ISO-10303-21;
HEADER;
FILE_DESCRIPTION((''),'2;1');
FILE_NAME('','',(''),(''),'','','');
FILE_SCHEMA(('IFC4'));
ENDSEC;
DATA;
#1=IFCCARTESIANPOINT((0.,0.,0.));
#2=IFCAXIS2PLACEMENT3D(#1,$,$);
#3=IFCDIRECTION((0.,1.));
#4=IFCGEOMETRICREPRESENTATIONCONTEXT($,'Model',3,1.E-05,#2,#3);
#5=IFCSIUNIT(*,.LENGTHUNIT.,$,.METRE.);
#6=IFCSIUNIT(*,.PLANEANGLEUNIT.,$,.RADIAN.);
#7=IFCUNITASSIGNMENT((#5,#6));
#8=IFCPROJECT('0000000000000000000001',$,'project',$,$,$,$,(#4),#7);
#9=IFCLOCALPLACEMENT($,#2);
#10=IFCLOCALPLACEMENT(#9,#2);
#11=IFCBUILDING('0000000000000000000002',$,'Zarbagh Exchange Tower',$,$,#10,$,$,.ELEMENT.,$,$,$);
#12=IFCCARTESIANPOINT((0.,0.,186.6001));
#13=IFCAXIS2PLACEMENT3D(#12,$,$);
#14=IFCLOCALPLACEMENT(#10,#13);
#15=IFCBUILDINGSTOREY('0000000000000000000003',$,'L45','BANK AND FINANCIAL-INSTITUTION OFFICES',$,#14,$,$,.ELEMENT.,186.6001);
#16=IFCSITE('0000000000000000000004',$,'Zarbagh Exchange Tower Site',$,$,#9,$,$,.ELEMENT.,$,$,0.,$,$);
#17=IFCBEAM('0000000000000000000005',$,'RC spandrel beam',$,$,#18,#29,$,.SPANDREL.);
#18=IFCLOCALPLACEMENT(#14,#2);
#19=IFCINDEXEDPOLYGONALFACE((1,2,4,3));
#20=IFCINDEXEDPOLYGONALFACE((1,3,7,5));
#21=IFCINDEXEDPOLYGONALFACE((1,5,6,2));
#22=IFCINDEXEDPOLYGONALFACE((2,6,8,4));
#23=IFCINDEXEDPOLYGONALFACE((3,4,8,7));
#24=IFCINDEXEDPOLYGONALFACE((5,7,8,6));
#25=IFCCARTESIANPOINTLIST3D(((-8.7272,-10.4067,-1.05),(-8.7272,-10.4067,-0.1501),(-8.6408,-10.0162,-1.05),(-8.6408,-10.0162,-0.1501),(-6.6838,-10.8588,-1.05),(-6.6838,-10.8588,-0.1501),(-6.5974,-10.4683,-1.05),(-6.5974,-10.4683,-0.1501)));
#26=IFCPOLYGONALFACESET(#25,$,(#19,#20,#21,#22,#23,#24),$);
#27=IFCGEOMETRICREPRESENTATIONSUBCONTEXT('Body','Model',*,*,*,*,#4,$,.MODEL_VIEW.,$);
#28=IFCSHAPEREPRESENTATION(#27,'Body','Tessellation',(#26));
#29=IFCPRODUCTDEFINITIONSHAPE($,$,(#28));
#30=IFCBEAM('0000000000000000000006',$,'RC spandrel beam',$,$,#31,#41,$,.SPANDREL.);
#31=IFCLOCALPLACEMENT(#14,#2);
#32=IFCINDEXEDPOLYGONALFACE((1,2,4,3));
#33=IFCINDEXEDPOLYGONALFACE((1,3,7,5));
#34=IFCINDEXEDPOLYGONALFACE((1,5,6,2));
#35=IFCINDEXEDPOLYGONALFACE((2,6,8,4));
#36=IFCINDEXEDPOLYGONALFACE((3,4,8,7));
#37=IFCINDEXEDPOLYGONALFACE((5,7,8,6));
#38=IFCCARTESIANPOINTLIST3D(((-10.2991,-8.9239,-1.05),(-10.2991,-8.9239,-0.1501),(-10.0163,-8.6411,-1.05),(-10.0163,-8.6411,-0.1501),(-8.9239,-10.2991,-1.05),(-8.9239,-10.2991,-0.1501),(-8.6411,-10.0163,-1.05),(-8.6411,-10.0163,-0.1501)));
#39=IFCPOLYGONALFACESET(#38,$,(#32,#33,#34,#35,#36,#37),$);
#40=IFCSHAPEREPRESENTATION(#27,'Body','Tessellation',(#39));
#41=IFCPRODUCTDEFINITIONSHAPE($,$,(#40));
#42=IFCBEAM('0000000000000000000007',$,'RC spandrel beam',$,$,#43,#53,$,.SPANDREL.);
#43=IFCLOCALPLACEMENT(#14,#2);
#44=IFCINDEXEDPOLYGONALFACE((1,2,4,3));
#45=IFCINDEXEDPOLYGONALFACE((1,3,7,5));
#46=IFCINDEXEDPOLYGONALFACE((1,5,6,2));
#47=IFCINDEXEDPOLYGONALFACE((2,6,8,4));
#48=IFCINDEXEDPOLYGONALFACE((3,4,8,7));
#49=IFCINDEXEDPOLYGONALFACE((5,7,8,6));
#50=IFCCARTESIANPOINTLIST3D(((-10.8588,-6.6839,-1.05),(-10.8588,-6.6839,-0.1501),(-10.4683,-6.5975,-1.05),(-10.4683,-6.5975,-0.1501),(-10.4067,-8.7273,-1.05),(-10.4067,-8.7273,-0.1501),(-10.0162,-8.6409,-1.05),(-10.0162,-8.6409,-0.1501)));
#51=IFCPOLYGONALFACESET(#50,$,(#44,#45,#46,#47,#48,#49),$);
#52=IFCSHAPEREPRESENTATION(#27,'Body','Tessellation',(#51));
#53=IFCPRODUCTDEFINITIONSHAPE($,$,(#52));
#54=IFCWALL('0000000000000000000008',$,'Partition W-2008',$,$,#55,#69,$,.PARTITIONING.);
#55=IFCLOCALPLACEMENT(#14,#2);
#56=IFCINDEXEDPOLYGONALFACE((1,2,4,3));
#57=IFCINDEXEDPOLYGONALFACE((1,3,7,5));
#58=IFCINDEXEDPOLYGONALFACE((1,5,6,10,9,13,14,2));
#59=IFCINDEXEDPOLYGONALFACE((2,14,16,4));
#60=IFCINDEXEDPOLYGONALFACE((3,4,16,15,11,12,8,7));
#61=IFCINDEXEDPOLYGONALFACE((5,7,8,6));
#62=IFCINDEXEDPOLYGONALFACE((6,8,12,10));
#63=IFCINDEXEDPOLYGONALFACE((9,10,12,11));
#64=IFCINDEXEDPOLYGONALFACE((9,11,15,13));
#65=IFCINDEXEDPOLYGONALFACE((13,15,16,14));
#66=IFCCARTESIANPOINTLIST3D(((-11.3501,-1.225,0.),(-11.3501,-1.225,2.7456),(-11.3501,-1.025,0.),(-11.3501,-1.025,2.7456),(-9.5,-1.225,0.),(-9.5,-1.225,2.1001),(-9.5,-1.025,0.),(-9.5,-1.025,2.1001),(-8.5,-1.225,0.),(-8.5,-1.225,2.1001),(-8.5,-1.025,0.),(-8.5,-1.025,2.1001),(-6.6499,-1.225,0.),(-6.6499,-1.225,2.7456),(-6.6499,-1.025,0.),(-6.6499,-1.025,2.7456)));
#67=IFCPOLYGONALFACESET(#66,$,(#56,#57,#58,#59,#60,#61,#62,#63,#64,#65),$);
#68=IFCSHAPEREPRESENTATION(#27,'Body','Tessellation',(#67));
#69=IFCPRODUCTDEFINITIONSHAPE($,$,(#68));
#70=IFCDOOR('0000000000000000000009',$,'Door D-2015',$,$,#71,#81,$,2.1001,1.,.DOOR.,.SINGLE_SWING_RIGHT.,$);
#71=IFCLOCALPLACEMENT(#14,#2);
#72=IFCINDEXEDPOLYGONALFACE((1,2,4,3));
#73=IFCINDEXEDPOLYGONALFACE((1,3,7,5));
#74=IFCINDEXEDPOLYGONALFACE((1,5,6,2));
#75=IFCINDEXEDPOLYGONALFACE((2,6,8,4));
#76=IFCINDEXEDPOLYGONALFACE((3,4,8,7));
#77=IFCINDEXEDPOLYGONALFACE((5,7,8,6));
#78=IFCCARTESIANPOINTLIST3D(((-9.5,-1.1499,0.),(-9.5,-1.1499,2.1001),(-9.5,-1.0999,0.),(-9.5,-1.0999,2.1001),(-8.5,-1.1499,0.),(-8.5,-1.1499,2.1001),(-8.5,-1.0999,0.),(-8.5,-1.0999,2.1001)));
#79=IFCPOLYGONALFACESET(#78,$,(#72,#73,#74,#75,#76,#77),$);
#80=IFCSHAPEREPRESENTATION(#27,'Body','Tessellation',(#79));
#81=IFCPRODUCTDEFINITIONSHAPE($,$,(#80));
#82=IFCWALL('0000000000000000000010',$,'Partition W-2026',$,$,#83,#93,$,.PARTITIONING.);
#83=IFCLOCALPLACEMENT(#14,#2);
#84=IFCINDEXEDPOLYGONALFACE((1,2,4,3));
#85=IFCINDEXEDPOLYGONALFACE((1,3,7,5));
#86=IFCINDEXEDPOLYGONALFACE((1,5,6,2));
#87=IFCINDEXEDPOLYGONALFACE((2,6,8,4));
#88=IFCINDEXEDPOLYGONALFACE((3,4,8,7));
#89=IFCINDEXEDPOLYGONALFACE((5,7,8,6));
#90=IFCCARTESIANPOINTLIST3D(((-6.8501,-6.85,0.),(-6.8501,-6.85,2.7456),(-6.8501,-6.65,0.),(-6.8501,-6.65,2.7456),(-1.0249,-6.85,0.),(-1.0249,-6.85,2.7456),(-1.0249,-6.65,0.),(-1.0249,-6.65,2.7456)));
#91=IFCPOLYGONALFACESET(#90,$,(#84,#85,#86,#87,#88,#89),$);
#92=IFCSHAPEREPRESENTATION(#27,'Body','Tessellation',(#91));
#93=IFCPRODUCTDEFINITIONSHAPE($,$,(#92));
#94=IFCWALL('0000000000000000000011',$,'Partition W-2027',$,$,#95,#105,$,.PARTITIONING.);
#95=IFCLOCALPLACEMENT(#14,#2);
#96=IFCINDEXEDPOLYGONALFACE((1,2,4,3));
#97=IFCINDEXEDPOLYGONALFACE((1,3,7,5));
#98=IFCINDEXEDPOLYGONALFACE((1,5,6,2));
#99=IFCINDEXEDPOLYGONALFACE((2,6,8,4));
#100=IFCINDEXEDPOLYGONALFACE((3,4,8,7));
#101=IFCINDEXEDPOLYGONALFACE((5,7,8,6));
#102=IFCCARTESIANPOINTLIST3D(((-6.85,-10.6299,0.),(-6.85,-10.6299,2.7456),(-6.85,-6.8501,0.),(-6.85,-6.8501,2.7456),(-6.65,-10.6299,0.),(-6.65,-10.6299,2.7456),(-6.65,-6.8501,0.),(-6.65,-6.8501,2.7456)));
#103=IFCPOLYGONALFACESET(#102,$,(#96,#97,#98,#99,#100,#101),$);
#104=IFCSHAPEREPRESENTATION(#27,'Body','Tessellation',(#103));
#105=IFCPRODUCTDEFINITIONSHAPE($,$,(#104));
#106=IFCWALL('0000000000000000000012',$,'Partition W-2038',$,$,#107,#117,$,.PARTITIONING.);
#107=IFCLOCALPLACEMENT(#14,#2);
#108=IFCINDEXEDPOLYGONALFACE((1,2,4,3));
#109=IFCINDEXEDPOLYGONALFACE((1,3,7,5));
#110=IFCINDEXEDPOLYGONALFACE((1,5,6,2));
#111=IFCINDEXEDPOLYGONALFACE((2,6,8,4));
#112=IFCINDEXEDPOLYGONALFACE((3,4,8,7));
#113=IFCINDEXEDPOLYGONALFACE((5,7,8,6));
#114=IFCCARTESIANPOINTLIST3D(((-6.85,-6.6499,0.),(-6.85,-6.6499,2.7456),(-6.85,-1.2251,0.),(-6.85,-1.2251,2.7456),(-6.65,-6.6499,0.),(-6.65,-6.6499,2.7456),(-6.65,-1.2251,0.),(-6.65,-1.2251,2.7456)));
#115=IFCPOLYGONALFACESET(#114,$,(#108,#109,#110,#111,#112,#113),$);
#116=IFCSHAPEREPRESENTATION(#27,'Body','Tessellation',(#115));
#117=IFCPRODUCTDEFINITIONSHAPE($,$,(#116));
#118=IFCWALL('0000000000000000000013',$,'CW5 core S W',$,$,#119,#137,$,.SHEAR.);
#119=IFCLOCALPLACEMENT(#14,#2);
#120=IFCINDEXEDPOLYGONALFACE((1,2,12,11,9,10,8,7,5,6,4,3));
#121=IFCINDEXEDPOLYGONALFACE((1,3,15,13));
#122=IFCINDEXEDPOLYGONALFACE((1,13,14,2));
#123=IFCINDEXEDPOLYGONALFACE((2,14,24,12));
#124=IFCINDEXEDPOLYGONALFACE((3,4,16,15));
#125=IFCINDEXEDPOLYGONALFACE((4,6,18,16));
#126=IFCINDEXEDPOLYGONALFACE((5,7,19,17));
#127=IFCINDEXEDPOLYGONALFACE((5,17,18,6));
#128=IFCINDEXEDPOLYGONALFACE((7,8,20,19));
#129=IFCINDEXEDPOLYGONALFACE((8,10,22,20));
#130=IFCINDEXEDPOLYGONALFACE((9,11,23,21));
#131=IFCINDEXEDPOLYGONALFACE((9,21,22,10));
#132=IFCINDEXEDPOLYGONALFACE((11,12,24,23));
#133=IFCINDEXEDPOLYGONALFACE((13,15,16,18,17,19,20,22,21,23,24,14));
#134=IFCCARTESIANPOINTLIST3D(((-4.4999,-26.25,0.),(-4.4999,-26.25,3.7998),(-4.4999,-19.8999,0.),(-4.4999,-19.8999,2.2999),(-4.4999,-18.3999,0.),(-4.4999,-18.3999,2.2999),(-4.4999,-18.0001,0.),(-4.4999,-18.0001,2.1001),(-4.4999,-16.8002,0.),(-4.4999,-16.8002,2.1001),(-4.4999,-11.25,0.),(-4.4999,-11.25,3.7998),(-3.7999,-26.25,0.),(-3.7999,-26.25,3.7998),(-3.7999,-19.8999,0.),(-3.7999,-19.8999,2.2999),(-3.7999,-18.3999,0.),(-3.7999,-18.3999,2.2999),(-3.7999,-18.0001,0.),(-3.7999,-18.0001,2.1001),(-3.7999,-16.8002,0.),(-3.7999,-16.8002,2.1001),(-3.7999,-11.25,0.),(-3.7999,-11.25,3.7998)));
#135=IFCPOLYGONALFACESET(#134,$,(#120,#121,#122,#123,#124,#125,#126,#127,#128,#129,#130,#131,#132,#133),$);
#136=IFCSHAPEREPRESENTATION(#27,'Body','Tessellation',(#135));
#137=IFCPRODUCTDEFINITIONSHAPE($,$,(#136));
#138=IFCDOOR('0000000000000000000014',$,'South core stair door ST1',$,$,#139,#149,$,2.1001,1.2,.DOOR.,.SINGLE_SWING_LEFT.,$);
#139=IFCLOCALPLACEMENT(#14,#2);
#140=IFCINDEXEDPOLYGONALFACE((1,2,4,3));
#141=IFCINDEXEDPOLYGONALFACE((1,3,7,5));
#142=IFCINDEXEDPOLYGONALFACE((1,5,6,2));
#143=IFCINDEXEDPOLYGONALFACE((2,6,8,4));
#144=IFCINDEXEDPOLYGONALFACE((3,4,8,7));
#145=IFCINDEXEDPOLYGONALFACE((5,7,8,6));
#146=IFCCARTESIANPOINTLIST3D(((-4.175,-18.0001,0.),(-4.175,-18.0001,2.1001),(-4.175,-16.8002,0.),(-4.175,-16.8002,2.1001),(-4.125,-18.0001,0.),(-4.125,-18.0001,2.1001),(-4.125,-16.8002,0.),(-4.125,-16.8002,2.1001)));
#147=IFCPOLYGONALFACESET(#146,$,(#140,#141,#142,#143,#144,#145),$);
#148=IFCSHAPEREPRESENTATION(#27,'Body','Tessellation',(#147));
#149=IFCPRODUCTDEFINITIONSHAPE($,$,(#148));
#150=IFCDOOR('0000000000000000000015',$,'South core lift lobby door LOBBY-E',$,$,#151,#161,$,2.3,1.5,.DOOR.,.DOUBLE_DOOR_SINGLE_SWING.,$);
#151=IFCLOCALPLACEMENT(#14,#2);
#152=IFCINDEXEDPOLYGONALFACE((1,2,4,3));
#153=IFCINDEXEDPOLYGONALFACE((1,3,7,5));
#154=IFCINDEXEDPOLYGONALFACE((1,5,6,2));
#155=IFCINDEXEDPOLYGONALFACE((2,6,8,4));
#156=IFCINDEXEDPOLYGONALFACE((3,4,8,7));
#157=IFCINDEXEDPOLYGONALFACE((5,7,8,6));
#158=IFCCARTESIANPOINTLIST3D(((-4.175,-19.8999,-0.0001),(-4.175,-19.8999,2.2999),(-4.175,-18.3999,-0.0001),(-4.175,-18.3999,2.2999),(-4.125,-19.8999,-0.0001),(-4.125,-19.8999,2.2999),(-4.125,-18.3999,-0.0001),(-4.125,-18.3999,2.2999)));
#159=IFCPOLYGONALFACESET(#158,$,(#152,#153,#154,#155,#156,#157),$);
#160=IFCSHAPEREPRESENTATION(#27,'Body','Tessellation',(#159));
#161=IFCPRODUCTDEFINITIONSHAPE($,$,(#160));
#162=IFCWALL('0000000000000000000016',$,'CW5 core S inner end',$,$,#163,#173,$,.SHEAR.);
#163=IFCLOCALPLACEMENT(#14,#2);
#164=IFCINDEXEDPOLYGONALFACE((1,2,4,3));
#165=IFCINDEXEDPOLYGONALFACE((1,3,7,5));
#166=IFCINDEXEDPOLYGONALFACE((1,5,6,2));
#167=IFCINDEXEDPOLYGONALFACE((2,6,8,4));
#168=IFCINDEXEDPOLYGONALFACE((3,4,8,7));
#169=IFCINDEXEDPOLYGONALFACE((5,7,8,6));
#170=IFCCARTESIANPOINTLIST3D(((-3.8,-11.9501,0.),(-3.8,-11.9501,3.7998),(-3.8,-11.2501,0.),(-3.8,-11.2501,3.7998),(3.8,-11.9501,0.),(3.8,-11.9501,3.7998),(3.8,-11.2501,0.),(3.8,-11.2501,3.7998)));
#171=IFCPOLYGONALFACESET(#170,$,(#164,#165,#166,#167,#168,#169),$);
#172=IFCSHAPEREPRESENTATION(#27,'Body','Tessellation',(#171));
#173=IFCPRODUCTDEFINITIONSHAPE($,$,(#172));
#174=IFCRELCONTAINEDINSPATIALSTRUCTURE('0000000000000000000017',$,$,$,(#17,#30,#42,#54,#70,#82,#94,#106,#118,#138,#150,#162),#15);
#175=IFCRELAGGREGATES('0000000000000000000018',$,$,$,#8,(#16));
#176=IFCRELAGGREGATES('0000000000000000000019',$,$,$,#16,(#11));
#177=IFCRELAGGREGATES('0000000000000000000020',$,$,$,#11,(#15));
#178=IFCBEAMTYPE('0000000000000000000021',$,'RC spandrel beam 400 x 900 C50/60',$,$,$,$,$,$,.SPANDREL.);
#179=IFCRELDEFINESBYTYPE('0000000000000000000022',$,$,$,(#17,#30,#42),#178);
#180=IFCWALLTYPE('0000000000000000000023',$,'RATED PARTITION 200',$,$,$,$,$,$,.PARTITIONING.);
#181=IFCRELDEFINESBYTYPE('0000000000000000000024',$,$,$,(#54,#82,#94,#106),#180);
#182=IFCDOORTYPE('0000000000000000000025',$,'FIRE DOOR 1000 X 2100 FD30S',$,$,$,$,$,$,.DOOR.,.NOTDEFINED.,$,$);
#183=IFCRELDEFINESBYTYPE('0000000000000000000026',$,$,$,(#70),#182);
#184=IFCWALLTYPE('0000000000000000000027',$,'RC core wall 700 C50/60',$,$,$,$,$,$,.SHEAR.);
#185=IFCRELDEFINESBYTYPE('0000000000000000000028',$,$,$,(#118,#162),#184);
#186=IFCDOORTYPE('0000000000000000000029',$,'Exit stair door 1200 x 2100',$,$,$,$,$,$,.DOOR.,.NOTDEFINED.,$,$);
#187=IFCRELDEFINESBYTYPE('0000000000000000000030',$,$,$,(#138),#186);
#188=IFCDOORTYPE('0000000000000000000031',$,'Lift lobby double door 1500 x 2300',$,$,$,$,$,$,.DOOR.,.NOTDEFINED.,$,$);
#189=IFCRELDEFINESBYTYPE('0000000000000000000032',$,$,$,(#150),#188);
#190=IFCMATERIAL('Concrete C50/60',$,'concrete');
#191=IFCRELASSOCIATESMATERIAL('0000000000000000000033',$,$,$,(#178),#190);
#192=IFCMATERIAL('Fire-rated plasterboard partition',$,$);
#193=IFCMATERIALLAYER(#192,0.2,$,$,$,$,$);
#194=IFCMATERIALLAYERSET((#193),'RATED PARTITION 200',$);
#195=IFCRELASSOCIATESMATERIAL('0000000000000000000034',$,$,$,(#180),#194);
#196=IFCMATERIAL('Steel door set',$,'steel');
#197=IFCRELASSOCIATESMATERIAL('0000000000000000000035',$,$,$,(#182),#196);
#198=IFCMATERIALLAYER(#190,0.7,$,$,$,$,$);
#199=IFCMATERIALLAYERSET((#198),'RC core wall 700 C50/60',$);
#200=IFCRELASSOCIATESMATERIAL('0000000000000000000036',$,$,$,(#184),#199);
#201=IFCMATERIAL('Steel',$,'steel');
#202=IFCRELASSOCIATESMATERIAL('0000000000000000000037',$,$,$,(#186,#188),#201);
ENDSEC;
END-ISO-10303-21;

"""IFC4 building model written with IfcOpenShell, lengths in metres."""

from ifc_helpers import new_model, si_unit, direction, frame, frame_2d, origin, origin_2d, place, context, subcontext, project, spatial, rectangle, extrude, material, layer, layer_set, material_profile, profile_set, type_object, element, fill, save


model = new_model("IFC4")

# Units and contexts
model_context = context("Model", 3, precision=1e-05, world=origin(), true_north=direction((0.0, 1.0)))
body_context = subcontext(model_context, "Body", "Model", "MODEL_VIEW")
ifc_project = project(units=[si_unit("LENGTHUNIT", "METRE"), si_unit("PLANEANGLEUNIT", "RADIAN")], contexts=[model_context])

# Site, building, storey
site_placement = place(None, origin())
site = spatial("IfcSite", under=ifc_project, at=site_placement, Name="Zarbagh Exchange Tower Site", CompositionType="ELEMENT", RefElevation=0.0)
building_placement = place(site_placement, origin())
building = spatial("IfcBuilding", under=site, at=building_placement, Name="Zarbagh Exchange Tower", CompositionType="ELEMENT")
storey_placement = place(building_placement, frame((0.0, 0.0, 186.6001)))
storey = spatial("IfcBuildingStorey", under=building, at=storey_placement, Name="L45", Description="BANK AND FINANCIAL-INSTITUTION OFFICES", CompositionType="ELEMENT", Elevation=186.6001)

# Shared definitions
ifc_material_1 = material(Name="Concrete C50/60", Category="concrete")

# Beams
ifc_material_profile_1 = material_profile(ifc_material_1, rectangle(XDim=0.3999, YDim=0.8999, at=origin_2d()), Name="RC spandrel beam 400 x 900 C50/60")
ifc_profile_set_1 = profile_set([ifc_material_profile_1], Name="Concrete C50/60")
beam_type_1 = type_object("IfcBeamType", Name="RC spandrel beam 400 x 900 C50/60", PredefinedType="SPANDREL", material=ifc_profile_set_1)
beam_1_placement = place(storey_placement, frame((-6.6406, -10.6636, -0.6001), z_axis=(-0.976384, 0.216041, 0.0), x_axis=(-0.216041, -0.976384, 0.0)))
element("IfcBeam", 1, at=beam_1_placement, inside=storey, type_object=beam_type_1, Name="RC spandrel beam", PredefinedType="SPANDREL", context=body_context, shape_type="SweptSolid", body=[
    extrude(rectangle(XDim=0.3999, YDim=0.8999, at=origin_2d()), origin(), (0.0, 0.0, 1.0), 2.0928),
])
beam_2_placement = place(storey_placement, frame((-8.7825, -10.1577, -0.6001), z_axis=(-0.707107, 0.707107, 0.0), x_axis=(-0.707107, -0.707107, 0.0)))
element("IfcBeam", 2, at=beam_2_placement, inside=storey, type_object=beam_type_1, Name="RC spandrel beam", PredefinedType="SPANDREL", context=body_context, shape_type="SweptSolid", body=[
    extrude(rectangle(XDim=0.3999, YDim=0.8999, at=origin_2d()), origin(), (0.0, 0.0, 1.0), 1.9448),
])
beam_3_placement = place(storey_placement, frame((-10.2114, -8.6841, -0.6001), z_axis=(-0.216041, 0.976384, 0.0), x_axis=(-0.976384, -0.216041, 0.0)))
element("IfcBeam", 3, at=beam_3_placement, inside=storey, type_object=beam_type_1, Name="RC spandrel beam", PredefinedType="SPANDREL", context=body_context, shape_type="SweptSolid", body=[
    extrude(rectangle(XDim=0.3999, YDim=0.8999, at=origin_2d()), origin(), (0.0, 0.0, 1.0), 2.0928),
])

# Wall, opening, door
ifc_material_2 = material(Name="Fire-rated plasterboard partition")
ifc_layer_1 = layer(ifc_material_2, 0.2)
ifc_layer_set_1 = layer_set([ifc_layer_1], Name="RATED PARTITION 200")
wall_type_1 = type_object("IfcWallType", Name="RATED PARTITION 200", PredefinedType="PARTITIONING", material=ifc_layer_set_1)
wall_1_placement = place(storey_placement, frame((-6.6499, -1.125, 0.0), z_axis=(0.0, 0.0, 1.0), x_axis=(-1.0, 0.0, 0.0)))
wall_1 = element("IfcWall", 4, at=wall_1_placement, inside=storey, type_object=wall_type_1, Name="Partition W-2008", PredefinedType="PARTITIONING", context=body_context, shape_type="SweptSolid", body=[
    extrude(rectangle(XDim=4.7002, YDim=0.2, at=frame_2d((2.3501, 0.0))), origin(), (0.0, 0.0, 1.0), 2.7456),
])
opening_1_placement = place(wall_1_placement, frame((1.8501, 0.0, 0.0)))
opening_1 = element("IfcOpeningElement", 5, at=opening_1_placement, cuts=wall_1, PredefinedType="OPENING", context=body_context, shape_type="SweptSolid", body=[
    extrude(rectangle(XDim=1.0, YDim=2.1001, at=frame_2d((0.5, 1.05))), frame((0.0, 0.1099, 0.0), z_axis=(0.0, -1.0, 0.0), x_axis=(1.0, 0.0, 0.0)), (0.0, 0.0, 1.0), 0.22),
])
ifc_material_3 = material(Name="Steel door set", Category="steel")
door_type_1 = type_object("IfcDoorType", Name="FIRE DOOR 1000 X 2100 FD30S", OperationType="NOTDEFINED", PredefinedType="DOOR", material=ifc_material_3)
door_1_placement = place(opening_1_placement, origin())
door_1 = element("IfcDoor", 6, at=door_1_placement, inside=storey, type_object=door_type_1, Name="Door D-2015", OperationType="SINGLE_SWING_RIGHT", OverallHeight=2.1001, OverallWidth=1.0, PredefinedType="DOOR", context=body_context, shape_type="SweptSolid", body=[
    extrude(rectangle(XDim=1.0, YDim=2.1001, at=frame_2d((0.5, 1.05))), frame((0.0, 0.0249, 0.0), z_axis=(0.0, -1.0, 0.0), x_axis=(1.0, 0.0, 0.0)), (0.0, 0.0, 1.0), 0.05),
])
fill(opening_1, door_1)

# Walls
wall_2_placement = place(storey_placement, frame((-6.8501, -6.75, 0.0), z_axis=(0.0, 0.0, 1.0), x_axis=(1.0, 0.0, 0.0)))
element("IfcWall", 7, at=wall_2_placement, inside=storey, type_object=wall_type_1, Name="Partition W-2026", PredefinedType="PARTITIONING", context=body_context, shape_type="SweptSolid", body=[
    extrude(rectangle(XDim=5.8252, YDim=0.2, at=frame_2d((2.9126, 0.0))), origin(), (0.0, 0.0, 1.0), 2.7456),
])
wall_3_placement = place(storey_placement, frame((-6.75, -10.6299, 0.0), z_axis=(0.0, 0.0, 1.0), x_axis=(0.0, 1.0, 0.0)))
element("IfcWall", 8, at=wall_3_placement, inside=storey, type_object=wall_type_1, Name="Partition W-2027", PredefinedType="PARTITIONING", context=body_context, shape_type="SweptSolid", body=[
    extrude(rectangle(XDim=3.7798, YDim=0.2, at=frame_2d((1.8899, 0.0))), origin(), (0.0, 0.0, 1.0), 2.7456),
])
wall_4_placement = place(storey_placement, frame((-6.75, -6.6499, 0.0), z_axis=(0.0, 0.0, 1.0), x_axis=(0.0, 1.0, 0.0)))
element("IfcWall", 9, at=wall_4_placement, inside=storey, type_object=wall_type_1, Name="Partition W-2038", PredefinedType="PARTITIONING", context=body_context, shape_type="SweptSolid", body=[
    extrude(rectangle(XDim=5.4248, YDim=0.2, at=frame_2d((2.7124, 0.0))), origin(), (0.0, 0.0, 1.0), 2.7456),
])

# Wall, openings, doors
ifc_layer_2 = layer(ifc_material_1, 0.7)
ifc_layer_set_2 = layer_set([ifc_layer_2], Name="RC core wall 700 C50/60")
wall_type_2 = type_object("IfcWallType", Name="RC core wall 700 C50/60", PredefinedType="SHEAR", material=ifc_layer_set_2)
wall_5_placement = place(storey_placement, frame((-4.1499, -11.25, 0.0), z_axis=(0.0, 0.0, 1.0), x_axis=(0.0, -1.0, 0.0)))
wall_5 = element("IfcWall", 10, at=wall_5_placement, inside=storey, type_object=wall_type_2, Name="CW5 core S W", PredefinedType="SHEAR", context=body_context, shape_type="SweptSolid", body=[
    extrude(rectangle(XDim=15.0, YDim=0.7, at=frame_2d((7.5, 0.0))), origin(), (0.0, 0.0, 1.0), 3.7998),
])
opening_2_placement = place(wall_5_placement, frame((7.1499, 0.0, 0.0)))
opening_2 = element("IfcOpeningElement", 11, at=opening_2_placement, cuts=wall_5, PredefinedType="OPENING", context=body_context, shape_type="SweptSolid", body=[
    extrude(rectangle(XDim=1.5, YDim=2.3, at=frame_2d((0.75, 1.1499))), frame((0.0, 0.3599, 0.0), z_axis=(0.0, -1.0, 0.0), x_axis=(1.0, 0.0, 0.0)), (0.0, 0.0, 1.0), 0.72),
])
opening_3_placement = place(wall_5_placement, frame((5.55, 0.0, 0.0)))
opening_3 = element("IfcOpeningElement", 12, at=opening_3_placement, cuts=wall_5, PredefinedType="OPENING", context=body_context, shape_type="SweptSolid", body=[
    extrude(rectangle(XDim=1.2, YDim=2.1001, at=frame_2d((0.6001, 1.05))), frame((0.0, 0.3599, 0.0), z_axis=(0.0, -1.0, 0.0), x_axis=(1.0, 0.0, 0.0)), (0.0, 0.0, 1.0), 0.72),
])
ifc_material_4 = material(Name="Steel", Category="steel")
door_type_2 = type_object("IfcDoorType", Name="Exit stair door 1200 x 2100", OperationType="NOTDEFINED", PredefinedType="DOOR", material=ifc_material_4)
door_2_placement = place(opening_3_placement, origin())
door_2 = element("IfcDoor", 13, at=door_2_placement, inside=storey, type_object=door_type_2, Name="South core stair door ST1", OperationType="SINGLE_SWING_LEFT", OverallHeight=2.1001, OverallWidth=1.2, PredefinedType="DOOR", context=body_context, shape_type="SweptSolid", body=[
    extrude(rectangle(XDim=1.2, YDim=2.1001, at=frame_2d((0.6001, 1.05))), frame((0.0, 0.0249, 0.0), z_axis=(0.0, -1.0, 0.0), x_axis=(1.0, 0.0, 0.0)), (0.0, 0.0, 1.0), 0.05),
])
fill(opening_3, door_2)
door_type_3 = type_object("IfcDoorType", Name="Lift lobby double door 1500 x 2300", OperationType="NOTDEFINED", PredefinedType="DOOR", material=ifc_material_4)
door_3_placement = place(opening_2_placement, origin())
door_3 = element("IfcDoor", 14, at=door_3_placement, inside=storey, type_object=door_type_3, Name="South core lift lobby door LOBBY-E", OperationType="DOUBLE_DOOR_SINGLE_SWING", OverallHeight=2.3, OverallWidth=1.5, PredefinedType="DOOR", context=body_context, shape_type="SweptSolid", body=[
    extrude(rectangle(XDim=1.5, YDim=2.3, at=frame_2d((0.75, 1.1499))), frame((0.0, 0.0249, 0.0), z_axis=(0.0, -1.0, 0.0), x_axis=(1.0, 0.0, 0.0)), (0.0, 0.0, 1.0), 0.05),
])
fill(opening_2, door_3)

# Wall
wall_6_placement = place(storey_placement, frame((-3.8, -11.6001, 0.0), z_axis=(0.0, 0.0, 1.0), x_axis=(1.0, 0.0, 0.0)))
element("IfcWall", 15, at=wall_6_placement, inside=storey, type_object=wall_type_2, Name="CW5 core S inner end", PredefinedType="SHEAR", context=body_context, shape_type="SweptSolid", body=[
    extrude(rectangle(XDim=7.6001, YDim=0.7, at=frame_2d((3.8, 0.0))), origin(), (0.0, 0.0, 1.0), 3.7998),
])

save(model, "model.ifc")
